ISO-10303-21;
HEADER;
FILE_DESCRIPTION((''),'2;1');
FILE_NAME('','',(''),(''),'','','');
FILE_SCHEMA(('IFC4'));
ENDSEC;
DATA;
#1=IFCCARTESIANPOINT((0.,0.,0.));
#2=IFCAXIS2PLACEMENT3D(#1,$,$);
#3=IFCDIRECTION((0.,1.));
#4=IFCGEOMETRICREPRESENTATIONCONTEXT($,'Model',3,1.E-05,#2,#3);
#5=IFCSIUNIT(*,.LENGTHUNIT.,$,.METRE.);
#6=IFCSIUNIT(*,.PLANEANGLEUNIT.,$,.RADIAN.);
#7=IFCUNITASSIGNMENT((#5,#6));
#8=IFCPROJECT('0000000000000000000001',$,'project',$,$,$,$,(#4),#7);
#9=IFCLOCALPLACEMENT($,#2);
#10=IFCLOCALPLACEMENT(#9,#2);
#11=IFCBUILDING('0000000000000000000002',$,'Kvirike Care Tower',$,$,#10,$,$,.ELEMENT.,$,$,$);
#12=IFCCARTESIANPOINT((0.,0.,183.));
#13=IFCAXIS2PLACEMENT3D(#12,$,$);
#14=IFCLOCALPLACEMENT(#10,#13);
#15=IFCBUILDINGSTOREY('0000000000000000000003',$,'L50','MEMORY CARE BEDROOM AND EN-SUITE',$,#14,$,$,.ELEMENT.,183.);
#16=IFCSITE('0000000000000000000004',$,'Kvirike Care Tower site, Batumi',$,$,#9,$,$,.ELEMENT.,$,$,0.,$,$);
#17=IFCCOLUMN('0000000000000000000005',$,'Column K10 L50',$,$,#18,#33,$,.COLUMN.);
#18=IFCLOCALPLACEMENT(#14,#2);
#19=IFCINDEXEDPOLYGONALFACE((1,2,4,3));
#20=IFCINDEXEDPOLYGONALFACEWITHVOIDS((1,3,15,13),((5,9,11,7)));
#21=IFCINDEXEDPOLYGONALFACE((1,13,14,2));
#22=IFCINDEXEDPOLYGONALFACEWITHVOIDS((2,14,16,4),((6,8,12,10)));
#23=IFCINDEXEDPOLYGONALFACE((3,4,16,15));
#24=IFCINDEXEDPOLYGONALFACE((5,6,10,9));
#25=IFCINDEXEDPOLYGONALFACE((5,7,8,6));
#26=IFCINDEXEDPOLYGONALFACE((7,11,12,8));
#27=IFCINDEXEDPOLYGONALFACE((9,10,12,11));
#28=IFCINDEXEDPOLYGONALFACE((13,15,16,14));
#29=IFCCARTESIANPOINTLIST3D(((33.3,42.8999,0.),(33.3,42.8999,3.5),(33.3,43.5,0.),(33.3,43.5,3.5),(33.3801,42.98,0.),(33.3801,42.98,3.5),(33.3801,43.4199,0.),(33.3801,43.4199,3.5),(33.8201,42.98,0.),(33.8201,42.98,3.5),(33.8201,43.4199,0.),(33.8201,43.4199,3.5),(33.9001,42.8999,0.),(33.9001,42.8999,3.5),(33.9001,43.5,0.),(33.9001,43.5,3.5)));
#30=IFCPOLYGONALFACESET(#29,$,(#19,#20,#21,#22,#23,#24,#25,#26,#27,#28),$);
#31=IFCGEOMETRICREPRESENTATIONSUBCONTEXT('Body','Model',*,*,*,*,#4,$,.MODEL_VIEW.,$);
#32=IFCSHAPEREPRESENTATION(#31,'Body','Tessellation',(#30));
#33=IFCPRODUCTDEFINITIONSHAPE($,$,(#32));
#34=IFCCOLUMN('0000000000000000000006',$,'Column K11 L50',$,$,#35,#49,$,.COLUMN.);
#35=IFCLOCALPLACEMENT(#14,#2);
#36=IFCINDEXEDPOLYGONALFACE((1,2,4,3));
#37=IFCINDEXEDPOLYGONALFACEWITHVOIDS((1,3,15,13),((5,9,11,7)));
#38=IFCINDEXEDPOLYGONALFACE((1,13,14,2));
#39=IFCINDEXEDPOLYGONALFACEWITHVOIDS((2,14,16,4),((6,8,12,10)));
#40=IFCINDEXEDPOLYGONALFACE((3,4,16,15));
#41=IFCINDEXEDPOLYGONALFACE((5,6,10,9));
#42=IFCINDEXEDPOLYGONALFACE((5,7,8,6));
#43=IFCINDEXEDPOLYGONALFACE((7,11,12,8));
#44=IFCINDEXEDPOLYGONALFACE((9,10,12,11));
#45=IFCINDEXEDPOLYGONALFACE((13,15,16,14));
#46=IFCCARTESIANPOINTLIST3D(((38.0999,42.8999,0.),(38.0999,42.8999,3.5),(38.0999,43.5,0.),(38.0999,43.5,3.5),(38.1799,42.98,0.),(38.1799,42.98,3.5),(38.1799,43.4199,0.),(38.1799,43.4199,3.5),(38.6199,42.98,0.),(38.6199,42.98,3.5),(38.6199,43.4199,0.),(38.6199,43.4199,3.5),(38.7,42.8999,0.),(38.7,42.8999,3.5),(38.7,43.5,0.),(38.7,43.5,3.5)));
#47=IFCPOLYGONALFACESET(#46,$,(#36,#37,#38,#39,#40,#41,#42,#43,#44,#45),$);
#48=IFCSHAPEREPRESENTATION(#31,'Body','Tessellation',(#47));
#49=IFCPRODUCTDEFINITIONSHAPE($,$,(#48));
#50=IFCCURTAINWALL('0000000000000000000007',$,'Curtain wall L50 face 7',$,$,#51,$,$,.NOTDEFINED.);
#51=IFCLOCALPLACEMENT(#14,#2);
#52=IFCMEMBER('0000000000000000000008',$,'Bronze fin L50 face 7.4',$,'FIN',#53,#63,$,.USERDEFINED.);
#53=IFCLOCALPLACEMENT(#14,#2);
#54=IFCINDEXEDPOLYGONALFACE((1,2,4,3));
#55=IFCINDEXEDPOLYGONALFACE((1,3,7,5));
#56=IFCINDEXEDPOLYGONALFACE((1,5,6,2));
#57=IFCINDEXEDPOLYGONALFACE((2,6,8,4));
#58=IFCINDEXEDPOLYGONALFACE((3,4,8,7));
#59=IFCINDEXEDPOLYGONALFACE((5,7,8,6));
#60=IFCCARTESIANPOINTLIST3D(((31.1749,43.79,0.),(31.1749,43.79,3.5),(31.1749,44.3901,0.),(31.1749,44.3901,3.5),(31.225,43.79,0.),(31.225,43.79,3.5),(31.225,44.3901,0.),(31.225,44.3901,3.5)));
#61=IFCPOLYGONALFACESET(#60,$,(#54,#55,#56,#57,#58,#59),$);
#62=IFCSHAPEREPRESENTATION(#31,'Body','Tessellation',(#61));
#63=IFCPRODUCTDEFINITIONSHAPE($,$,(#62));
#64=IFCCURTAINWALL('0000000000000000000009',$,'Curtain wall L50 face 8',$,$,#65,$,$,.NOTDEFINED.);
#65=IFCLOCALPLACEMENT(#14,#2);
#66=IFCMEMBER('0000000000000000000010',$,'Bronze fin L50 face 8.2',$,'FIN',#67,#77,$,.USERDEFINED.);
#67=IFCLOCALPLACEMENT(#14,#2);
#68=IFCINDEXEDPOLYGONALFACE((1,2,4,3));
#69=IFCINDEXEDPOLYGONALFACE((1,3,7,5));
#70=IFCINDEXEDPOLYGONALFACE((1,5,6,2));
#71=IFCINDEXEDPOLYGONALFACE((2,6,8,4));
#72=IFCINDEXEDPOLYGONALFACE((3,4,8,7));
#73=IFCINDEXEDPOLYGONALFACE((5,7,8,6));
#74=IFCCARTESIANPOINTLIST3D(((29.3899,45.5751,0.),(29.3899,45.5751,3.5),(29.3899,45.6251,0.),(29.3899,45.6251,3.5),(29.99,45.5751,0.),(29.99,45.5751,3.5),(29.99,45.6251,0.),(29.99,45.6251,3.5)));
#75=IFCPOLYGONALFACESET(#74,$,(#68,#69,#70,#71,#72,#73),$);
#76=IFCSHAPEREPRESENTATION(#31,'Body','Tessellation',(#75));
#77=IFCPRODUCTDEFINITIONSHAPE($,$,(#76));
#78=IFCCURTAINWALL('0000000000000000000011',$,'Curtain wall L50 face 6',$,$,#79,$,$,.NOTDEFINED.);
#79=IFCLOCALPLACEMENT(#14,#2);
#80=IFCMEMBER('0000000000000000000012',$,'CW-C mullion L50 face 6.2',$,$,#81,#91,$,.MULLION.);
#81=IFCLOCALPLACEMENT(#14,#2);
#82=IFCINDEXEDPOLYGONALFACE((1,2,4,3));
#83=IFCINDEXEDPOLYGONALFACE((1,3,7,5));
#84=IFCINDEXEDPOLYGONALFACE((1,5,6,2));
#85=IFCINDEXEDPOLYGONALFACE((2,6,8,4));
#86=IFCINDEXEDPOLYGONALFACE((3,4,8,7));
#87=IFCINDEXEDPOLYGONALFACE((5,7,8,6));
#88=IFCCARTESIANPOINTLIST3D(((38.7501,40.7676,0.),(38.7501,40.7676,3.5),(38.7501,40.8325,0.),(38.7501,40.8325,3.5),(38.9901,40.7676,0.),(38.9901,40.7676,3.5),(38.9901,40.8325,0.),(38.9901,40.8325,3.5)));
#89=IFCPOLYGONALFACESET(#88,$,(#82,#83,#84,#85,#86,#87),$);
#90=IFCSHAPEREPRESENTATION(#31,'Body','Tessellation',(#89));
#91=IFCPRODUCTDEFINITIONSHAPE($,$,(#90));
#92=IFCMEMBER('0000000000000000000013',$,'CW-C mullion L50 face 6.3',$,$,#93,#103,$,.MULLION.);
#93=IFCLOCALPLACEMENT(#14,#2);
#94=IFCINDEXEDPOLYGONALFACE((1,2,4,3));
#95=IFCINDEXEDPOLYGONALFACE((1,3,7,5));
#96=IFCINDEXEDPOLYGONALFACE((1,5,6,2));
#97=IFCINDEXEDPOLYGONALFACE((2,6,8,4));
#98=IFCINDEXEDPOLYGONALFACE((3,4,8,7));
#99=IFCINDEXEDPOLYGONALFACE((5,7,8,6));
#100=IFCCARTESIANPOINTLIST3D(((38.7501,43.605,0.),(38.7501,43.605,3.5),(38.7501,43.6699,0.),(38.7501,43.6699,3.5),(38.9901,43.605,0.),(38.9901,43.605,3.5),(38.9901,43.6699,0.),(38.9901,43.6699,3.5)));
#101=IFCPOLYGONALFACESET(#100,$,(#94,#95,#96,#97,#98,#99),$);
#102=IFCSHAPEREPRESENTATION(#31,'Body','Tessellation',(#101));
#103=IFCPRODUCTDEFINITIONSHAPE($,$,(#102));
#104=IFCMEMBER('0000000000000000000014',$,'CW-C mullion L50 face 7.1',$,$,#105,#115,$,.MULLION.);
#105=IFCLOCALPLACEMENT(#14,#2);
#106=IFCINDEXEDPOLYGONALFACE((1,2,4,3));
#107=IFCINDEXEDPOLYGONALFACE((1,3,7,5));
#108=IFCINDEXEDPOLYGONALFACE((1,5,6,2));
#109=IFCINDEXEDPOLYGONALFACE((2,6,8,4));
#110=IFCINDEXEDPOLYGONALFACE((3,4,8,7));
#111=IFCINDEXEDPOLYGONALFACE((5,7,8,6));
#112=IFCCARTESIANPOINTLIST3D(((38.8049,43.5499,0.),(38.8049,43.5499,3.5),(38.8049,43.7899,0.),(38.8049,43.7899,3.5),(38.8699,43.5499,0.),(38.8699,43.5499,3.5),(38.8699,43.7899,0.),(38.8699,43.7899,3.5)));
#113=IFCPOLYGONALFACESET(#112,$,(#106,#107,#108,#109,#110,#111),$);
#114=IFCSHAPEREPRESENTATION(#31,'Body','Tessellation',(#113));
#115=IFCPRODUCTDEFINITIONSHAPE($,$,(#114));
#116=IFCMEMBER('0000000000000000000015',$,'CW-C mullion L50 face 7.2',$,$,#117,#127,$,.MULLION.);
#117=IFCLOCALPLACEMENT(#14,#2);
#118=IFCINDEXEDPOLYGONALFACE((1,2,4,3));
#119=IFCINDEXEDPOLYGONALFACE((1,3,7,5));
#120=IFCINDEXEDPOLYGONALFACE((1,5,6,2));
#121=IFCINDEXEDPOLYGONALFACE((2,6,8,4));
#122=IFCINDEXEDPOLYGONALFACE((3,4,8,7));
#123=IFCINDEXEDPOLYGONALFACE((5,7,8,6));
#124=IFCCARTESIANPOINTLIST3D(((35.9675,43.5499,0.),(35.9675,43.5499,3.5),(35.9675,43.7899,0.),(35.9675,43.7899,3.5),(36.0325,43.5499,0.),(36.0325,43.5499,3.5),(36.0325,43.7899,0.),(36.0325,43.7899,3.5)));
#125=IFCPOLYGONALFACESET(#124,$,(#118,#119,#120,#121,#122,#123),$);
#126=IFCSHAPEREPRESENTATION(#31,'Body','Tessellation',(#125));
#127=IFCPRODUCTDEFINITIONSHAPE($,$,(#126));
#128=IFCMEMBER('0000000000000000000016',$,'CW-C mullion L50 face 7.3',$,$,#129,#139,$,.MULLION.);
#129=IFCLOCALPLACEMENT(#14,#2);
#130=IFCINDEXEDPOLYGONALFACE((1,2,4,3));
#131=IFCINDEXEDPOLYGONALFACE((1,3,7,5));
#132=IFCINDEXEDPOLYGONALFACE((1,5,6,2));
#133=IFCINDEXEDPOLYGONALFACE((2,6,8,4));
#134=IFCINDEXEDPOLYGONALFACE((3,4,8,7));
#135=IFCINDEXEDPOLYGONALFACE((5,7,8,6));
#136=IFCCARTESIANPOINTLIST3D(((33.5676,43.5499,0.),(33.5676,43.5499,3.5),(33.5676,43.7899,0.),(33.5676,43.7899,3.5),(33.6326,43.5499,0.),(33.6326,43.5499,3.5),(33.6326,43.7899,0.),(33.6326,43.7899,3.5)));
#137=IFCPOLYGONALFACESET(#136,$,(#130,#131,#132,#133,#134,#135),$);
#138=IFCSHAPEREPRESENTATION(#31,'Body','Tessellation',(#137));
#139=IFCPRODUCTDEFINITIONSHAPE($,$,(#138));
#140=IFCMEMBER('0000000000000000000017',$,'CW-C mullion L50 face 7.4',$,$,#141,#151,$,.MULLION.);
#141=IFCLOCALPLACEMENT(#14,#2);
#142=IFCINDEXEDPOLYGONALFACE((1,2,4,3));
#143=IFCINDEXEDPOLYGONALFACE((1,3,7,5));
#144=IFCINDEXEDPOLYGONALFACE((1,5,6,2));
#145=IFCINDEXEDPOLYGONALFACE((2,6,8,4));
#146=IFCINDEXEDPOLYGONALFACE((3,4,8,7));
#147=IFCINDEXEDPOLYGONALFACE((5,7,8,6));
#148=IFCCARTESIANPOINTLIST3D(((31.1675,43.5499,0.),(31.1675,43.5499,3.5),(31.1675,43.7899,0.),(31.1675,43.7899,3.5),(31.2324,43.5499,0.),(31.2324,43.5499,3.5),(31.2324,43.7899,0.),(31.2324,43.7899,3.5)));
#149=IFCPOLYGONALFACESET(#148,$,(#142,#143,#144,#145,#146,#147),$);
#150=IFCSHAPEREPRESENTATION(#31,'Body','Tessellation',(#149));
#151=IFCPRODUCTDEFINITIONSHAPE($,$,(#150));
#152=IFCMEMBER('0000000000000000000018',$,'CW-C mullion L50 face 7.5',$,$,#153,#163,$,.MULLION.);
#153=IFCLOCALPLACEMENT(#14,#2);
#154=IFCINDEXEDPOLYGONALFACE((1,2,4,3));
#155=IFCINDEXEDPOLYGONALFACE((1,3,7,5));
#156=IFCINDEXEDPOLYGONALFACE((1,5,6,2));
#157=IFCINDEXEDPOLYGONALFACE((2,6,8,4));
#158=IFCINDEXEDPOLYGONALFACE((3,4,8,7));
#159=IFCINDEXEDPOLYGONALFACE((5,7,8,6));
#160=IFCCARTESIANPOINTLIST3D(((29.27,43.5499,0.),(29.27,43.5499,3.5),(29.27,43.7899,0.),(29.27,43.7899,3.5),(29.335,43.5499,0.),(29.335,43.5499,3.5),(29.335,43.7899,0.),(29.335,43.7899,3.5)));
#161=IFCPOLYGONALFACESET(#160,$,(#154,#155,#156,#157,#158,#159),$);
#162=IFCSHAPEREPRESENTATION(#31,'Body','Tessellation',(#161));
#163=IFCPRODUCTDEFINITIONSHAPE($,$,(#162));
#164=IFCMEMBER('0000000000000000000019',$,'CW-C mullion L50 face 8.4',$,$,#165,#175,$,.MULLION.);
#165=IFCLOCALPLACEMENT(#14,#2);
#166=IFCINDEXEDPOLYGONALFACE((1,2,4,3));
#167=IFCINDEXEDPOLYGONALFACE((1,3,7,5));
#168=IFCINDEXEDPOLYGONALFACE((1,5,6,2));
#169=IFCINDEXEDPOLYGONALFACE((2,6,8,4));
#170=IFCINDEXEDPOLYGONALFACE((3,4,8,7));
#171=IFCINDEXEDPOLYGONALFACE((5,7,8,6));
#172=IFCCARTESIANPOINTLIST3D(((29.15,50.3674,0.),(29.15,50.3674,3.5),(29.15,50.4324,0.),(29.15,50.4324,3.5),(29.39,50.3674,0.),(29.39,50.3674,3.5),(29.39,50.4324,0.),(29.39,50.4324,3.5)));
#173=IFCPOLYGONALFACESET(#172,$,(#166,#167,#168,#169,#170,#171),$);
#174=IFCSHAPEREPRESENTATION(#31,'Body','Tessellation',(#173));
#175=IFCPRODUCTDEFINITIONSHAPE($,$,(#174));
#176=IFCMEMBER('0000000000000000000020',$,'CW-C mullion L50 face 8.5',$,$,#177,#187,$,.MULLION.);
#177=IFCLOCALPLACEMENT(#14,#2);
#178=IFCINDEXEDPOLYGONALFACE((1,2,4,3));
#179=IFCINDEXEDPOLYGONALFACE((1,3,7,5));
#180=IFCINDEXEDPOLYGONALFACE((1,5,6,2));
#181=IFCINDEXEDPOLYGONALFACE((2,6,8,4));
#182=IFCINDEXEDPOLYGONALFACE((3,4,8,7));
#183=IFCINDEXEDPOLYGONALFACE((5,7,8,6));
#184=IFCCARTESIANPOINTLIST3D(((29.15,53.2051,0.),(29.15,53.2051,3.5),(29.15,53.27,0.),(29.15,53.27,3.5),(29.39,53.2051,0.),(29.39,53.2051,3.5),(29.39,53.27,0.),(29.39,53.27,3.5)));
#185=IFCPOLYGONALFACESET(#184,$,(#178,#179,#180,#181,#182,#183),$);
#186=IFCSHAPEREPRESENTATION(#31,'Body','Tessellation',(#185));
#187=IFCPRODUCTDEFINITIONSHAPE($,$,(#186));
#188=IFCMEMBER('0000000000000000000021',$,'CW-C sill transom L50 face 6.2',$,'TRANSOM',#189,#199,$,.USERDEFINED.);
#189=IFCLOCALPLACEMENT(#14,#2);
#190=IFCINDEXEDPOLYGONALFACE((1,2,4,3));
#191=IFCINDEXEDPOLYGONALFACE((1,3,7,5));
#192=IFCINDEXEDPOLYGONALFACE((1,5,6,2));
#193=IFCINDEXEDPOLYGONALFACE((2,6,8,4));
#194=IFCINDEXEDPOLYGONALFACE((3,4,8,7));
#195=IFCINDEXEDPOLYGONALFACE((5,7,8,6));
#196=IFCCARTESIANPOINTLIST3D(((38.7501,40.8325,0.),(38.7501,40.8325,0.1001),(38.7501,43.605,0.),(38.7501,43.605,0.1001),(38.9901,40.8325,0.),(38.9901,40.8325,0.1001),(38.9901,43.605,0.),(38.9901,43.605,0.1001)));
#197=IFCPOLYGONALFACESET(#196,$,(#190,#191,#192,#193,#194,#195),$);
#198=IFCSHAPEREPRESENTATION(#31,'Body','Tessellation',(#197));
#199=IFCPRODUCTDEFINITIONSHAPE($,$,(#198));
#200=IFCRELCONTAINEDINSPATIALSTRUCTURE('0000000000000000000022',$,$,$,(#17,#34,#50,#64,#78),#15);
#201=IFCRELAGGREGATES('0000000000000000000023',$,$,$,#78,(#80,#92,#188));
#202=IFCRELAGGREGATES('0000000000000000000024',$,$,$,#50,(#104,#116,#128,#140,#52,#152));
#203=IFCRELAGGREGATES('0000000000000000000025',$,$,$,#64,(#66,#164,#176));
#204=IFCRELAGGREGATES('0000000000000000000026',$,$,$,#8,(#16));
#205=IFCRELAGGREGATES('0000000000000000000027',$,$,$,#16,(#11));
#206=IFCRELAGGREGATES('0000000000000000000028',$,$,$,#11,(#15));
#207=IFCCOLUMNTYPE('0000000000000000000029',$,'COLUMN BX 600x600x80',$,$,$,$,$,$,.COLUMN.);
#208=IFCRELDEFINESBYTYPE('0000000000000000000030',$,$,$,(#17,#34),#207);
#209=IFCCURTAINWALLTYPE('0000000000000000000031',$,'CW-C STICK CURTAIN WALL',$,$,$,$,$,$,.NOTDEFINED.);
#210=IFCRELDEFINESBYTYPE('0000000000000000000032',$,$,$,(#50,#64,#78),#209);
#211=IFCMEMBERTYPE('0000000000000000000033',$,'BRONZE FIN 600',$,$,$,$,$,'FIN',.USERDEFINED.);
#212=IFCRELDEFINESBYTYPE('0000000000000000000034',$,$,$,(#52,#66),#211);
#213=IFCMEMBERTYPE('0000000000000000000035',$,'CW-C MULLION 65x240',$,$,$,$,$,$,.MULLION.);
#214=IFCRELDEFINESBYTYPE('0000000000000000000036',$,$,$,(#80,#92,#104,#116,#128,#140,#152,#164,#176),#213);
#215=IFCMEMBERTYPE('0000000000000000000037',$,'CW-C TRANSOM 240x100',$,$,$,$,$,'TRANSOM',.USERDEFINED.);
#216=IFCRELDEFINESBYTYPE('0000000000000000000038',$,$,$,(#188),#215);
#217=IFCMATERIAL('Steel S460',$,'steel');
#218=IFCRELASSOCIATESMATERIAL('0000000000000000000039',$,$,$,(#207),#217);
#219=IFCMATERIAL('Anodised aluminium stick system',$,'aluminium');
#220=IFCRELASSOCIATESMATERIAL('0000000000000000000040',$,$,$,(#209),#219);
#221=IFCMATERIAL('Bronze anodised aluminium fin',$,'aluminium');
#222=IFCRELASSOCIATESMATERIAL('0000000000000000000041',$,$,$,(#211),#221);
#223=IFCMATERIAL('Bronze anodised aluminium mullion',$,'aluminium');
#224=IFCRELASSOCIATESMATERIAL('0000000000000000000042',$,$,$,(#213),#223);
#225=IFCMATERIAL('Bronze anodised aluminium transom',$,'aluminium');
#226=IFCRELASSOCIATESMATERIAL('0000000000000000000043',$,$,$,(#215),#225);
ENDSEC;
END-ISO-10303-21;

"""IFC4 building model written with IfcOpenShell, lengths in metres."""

from ifc_helpers import new_model, si_unit, direction, frame, origin, origin_2d, place, context, subcontext, project, spatial, rectangle, hollow_rectangle, extrude, material, material_profile, profile_set, type_object, element, aggregate, save


model = new_model("IFC4")

# Units and contexts
model_context = context("Model", 3, precision=1e-05, world=origin(), true_north=direction((0.0, 1.0)))
body_context = subcontext(model_context, "Body", "Model", "MODEL_VIEW")
ifc_project = project(units=[si_unit("LENGTHUNIT", "METRE"), si_unit("PLANEANGLEUNIT", "RADIAN")], contexts=[model_context])

# Site, building, storey
site_placement = place(None, origin())
site = spatial("IfcSite", under=ifc_project, at=site_placement, Name="Kvirike Care Tower site, Batumi", CompositionType="ELEMENT", RefElevation=0.0)
building_placement = place(site_placement, origin())
building = spatial("IfcBuilding", under=site, at=building_placement, Name="Kvirike Care Tower", CompositionType="ELEMENT")
storey_placement = place(building_placement, frame((0.0, 0.0, 183.0)))
storey = spatial("IfcBuildingStorey", under=building, at=storey_placement, Name="L50", Description="MEMORY CARE BEDROOM AND EN-SUITE", CompositionType="ELEMENT", Elevation=183.0)

# Columns
ifc_material_1 = material(Name="Steel S460", Category="steel")
ifc_material_profile_1 = material_profile(ifc_material_1, hollow_rectangle(XDim=0.6001, YDim=0.6001, WallThickness=0.0801, at=origin_2d()), Name="BX 600x600x80")
ifc_profile_set_1 = profile_set([ifc_material_profile_1], Name="Steel S460")
column_type = type_object("IfcColumnType", Name="COLUMN BX 600x600x80", PredefinedType="COLUMN", material=ifc_profile_set_1)
for number, where, z_axis, x_axis, name in (
    (1, (33.6001, 43.2, 0.0), (0.0, 0.0, 1.0), (0.0, 1.0, 0.0), "Column K10 L50"),
    (2, (38.3999, 43.2, 0.0), (0.0, 0.0, 1.0), (0.0, 1.0, 0.0), "Column K11 L50"),
):
    element("IfcColumn", number, at=place(storey_placement, frame(where, z_axis=z_axis, x_axis=x_axis)), inside=storey, type_object=column_type, Name=name, PredefinedType="COLUMN", context=body_context, shape_type="SweptSolid", body=[
        extrude(hollow_rectangle(XDim=0.6001, YDim=0.6001, WallThickness=0.0801, at=origin_2d()), origin(), (0.0, 0.0, 1.0), 3.5),
    ])

# Curtain walls, members
ifc_material_2 = material(Name="Anodised aluminium stick system", Category="aluminium")
curtain_wall_type = type_object("IfcCurtainWallType", Name="CW-C STICK CURTAIN WALL", PredefinedType="NOTDEFINED", material=ifc_material_2)
curtain_wall_1_placement = place(storey_placement, origin())
curtain_wall_1 = element("IfcCurtainWall", 3, at=curtain_wall_1_placement, inside=storey, type_object=curtain_wall_type, Name="Curtain wall L50 face 7", PredefinedType="NOTDEFINED")
ifc_material_3 = material(Name="Bronze anodised aluminium fin", Category="aluminium")
ifc_material_profile_2 = material_profile(ifc_material_3, rectangle(XDim=0.05, YDim=0.6001, at=origin_2d()), Name="BRONZE FIN 600")
ifc_profile_set_2 = profile_set([ifc_material_profile_2], Name="Bronze anodised aluminium fin")
member_type_1 = type_object("IfcMemberType", Name="BRONZE FIN 600", ElementType="FIN", PredefinedType="USERDEFINED", material=ifc_profile_set_2)
member_1_placement = place(storey_placement, frame((31.2, 44.0901, 0.0), z_axis=(0.0, 0.0, 1.0), x_axis=(-1.0, 0.0, 0.0)))
member_1 = element("IfcMember", 4, at=member_1_placement, type_object=member_type_1, Name="Bronze fin L50 face 7.4", ObjectType="FIN", PredefinedType="USERDEFINED", context=body_context, shape_type="SweptSolid", body=[
    extrude(rectangle(XDim=0.05, YDim=0.6001, at=origin_2d()), origin(), (0.0, 0.0, 1.0), 3.5),
])
curtain_wall_2_placement = place(storey_placement, origin())
curtain_wall_2 = element("IfcCurtainWall", 5, at=curtain_wall_2_placement, inside=storey, type_object=curtain_wall_type, Name="Curtain wall L50 face 8", PredefinedType="NOTDEFINED")
member_2_placement = place(storey_placement, frame((29.6899, 45.6001, 0.0), z_axis=(0.0, 0.0, 1.0), x_axis=(0.0, 1.0, 0.0)))
member_2 = element("IfcMember", 6, at=member_2_placement, type_object=member_type_1, Name="Bronze fin L50 face 8.2", ObjectType="FIN", PredefinedType="USERDEFINED", context=body_context, shape_type="SweptSolid", body=[
    extrude(rectangle(XDim=0.05, YDim=0.6001, at=origin_2d()), origin(), (0.0, 0.0, 1.0), 3.5),
])

# Curtain wall, members
curtain_wall_3_placement = place(storey_placement, origin())
curtain_wall_3 = element("IfcCurtainWall", 7, at=curtain_wall_3_placement, inside=storey, type_object=curtain_wall_type, Name="Curtain wall L50 face 6", PredefinedType="NOTDEFINED")
ifc_material_4 = material(Name="Bronze anodised aluminium mullion", Category="aluminium")
ifc_material_profile_3 = material_profile(ifc_material_4, rectangle(XDim=0.0649, YDim=0.24, at=origin_2d()), Name="CW-C MULLION 65x240")
ifc_profile_set_3 = profile_set([ifc_material_profile_3], Name="Bronze anodised aluminium mullion")
member_type_2 = type_object("IfcMemberType", Name="CW-C MULLION 65x240", PredefinedType="MULLION", material=ifc_profile_set_3)
member_3_placement = place(storey_placement, frame((38.8701, 40.8, 0.0), z_axis=(0.0, 0.0, 1.0), x_axis=(0.0, 1.0, 0.0)))
member_3 = element("IfcMember", 8, at=member_3_placement, type_object=member_type_2, Name="CW-C mullion L50 face 6.2", PredefinedType="MULLION", context=body_context, shape_type="SweptSolid", body=[
    extrude(rectangle(XDim=0.0649, YDim=0.24, at=origin_2d()), origin(), (0.0, 0.0, 1.0), 3.5),
])
member_4_placement = place(storey_placement, frame((38.8701, 43.6375, 0.0), z_axis=(0.0, 0.0, 1.0), x_axis=(0.0, 1.0, 0.0)))
member_4 = element("IfcMember", 9, at=member_4_placement, type_object=member_type_2, Name="CW-C mullion L50 face 6.3", PredefinedType="MULLION", context=body_context, shape_type="SweptSolid", body=[
    extrude(rectangle(XDim=0.0649, YDim=0.24, at=origin_2d()), origin(), (0.0, 0.0, 1.0), 3.5),
])

# Members
member_5_placement = place(storey_placement, frame((38.8374, 43.6699, 0.0), z_axis=(0.0, 0.0, 1.0), x_axis=(-1.0, 0.0, 0.0)))
member_5 = element("IfcMember", 10, at=member_5_placement, type_object=member_type_2, Name="CW-C mullion L50 face 7.1", PredefinedType="MULLION", context=body_context, shape_type="SweptSolid", body=[
    extrude(rectangle(XDim=0.0649, YDim=0.24, at=origin_2d()), origin(), (0.0, 0.0, 1.0), 3.5),
])
member_6_placement = place(storey_placement, frame((36.0, 43.6699, 0.0), z_axis=(0.0, 0.0, 1.0), x_axis=(-1.0, 0.0, 0.0)))
member_6 = element("IfcMember", 11, at=member_6_placement, type_object=member_type_2, Name="CW-C mullion L50 face 7.2", PredefinedType="MULLION", context=body_context, shape_type="SweptSolid", body=[
    extrude(rectangle(XDim=0.0649, YDim=0.24, at=origin_2d()), origin(), (0.0, 0.0, 1.0), 3.5),
])
member_7_placement = place(storey_placement, frame((33.6001, 43.6699, 0.0), z_axis=(0.0, 0.0, 1.0), x_axis=(-1.0, 0.0, 0.0)))
member_7 = element("IfcMember", 12, at=member_7_placement, type_object=member_type_2, Name="CW-C mullion L50 face 7.3", PredefinedType="MULLION", context=body_context, shape_type="SweptSolid", body=[
    extrude(rectangle(XDim=0.0649, YDim=0.24, at=origin_2d()), origin(), (0.0, 0.0, 1.0), 3.5),
])
member_8_placement = place(storey_placement, frame((31.2, 43.6699, 0.0), z_axis=(0.0, 0.0, 1.0), x_axis=(-1.0, 0.0, 0.0)))
member_8 = element("IfcMember", 13, at=member_8_placement, type_object=member_type_2, Name="CW-C mullion L50 face 7.4", PredefinedType="MULLION", context=body_context, shape_type="SweptSolid", body=[
    extrude(rectangle(XDim=0.0649, YDim=0.24, at=origin_2d()), origin(), (0.0, 0.0, 1.0), 3.5),
])
member_9_placement = place(storey_placement, frame((29.3025, 43.6699, 0.0), z_axis=(0.0, 0.0, 1.0), x_axis=(-1.0, 0.0, 0.0)))
member_9 = element("IfcMember", 14, at=member_9_placement, type_object=member_type_2, Name="CW-C mullion L50 face 7.5", PredefinedType="MULLION", context=body_context, shape_type="SweptSolid", body=[
    extrude(rectangle(XDim=0.0649, YDim=0.24, at=origin_2d()), origin(), (0.0, 0.0, 1.0), 3.5),
])
member_10_placement = place(storey_placement, frame((29.27, 50.3999, 0.0), z_axis=(0.0, 0.0, 1.0), x_axis=(0.0, 1.0, 0.0)))
member_10 = element("IfcMember", 15, at=member_10_placement, type_object=member_type_2, Name="CW-C mullion L50 face 8.4", PredefinedType="MULLION", context=body_context, shape_type="SweptSolid", body=[
    extrude(rectangle(XDim=0.0649, YDim=0.24, at=origin_2d()), origin(), (0.0, 0.0, 1.0), 3.5),
])
member_11_placement = place(storey_placement, frame((29.27, 53.2375, 0.0), z_axis=(0.0, 0.0, 1.0), x_axis=(0.0, 1.0, 0.0)))
member_11 = element("IfcMember", 16, at=member_11_placement, type_object=member_type_2, Name="CW-C mullion L50 face 8.5", PredefinedType="MULLION", context=body_context, shape_type="SweptSolid", body=[
    extrude(rectangle(XDim=0.0649, YDim=0.24, at=origin_2d()), origin(), (0.0, 0.0, 1.0), 3.5),
])
ifc_material_5 = material(Name="Bronze anodised aluminium transom", Category="aluminium")
ifc_material_profile_4 = material_profile(ifc_material_5, rectangle(XDim=0.24, YDim=0.1001, at=origin_2d()), Name="CW-C TRANSOM 240x100")
ifc_profile_set_4 = profile_set([ifc_material_profile_4], Name="Bronze anodised aluminium transom")
member_type_3 = type_object("IfcMemberType", Name="CW-C TRANSOM 240x100", ElementType="TRANSOM", PredefinedType="USERDEFINED", material=ifc_profile_set_4)
member_12_placement = place(storey_placement, frame((38.8701, 40.8325, 0.05), z_axis=(0.0, 1.0, 0.0), x_axis=(-1.0, 0.0, 0.0)))
member_12 = element("IfcMember", 17, at=member_12_placement, type_object=member_type_3, Name="CW-C sill transom L50 face 6.2", ObjectType="TRANSOM", PredefinedType="USERDEFINED", context=body_context, shape_type="SweptSolid", body=[
    extrude(rectangle(XDim=0.24, YDim=0.1001, at=origin_2d()), origin(), (0.0, 0.0, 1.0), 2.7725),
])

aggregate(curtain_wall_3, [member_3, member_4, member_12])
aggregate(curtain_wall_1, [member_5, member_6, member_7, member_8, member_1, member_9])
aggregate(curtain_wall_2, [member_2, member_10, member_11])

save(model, "model.ifc")
